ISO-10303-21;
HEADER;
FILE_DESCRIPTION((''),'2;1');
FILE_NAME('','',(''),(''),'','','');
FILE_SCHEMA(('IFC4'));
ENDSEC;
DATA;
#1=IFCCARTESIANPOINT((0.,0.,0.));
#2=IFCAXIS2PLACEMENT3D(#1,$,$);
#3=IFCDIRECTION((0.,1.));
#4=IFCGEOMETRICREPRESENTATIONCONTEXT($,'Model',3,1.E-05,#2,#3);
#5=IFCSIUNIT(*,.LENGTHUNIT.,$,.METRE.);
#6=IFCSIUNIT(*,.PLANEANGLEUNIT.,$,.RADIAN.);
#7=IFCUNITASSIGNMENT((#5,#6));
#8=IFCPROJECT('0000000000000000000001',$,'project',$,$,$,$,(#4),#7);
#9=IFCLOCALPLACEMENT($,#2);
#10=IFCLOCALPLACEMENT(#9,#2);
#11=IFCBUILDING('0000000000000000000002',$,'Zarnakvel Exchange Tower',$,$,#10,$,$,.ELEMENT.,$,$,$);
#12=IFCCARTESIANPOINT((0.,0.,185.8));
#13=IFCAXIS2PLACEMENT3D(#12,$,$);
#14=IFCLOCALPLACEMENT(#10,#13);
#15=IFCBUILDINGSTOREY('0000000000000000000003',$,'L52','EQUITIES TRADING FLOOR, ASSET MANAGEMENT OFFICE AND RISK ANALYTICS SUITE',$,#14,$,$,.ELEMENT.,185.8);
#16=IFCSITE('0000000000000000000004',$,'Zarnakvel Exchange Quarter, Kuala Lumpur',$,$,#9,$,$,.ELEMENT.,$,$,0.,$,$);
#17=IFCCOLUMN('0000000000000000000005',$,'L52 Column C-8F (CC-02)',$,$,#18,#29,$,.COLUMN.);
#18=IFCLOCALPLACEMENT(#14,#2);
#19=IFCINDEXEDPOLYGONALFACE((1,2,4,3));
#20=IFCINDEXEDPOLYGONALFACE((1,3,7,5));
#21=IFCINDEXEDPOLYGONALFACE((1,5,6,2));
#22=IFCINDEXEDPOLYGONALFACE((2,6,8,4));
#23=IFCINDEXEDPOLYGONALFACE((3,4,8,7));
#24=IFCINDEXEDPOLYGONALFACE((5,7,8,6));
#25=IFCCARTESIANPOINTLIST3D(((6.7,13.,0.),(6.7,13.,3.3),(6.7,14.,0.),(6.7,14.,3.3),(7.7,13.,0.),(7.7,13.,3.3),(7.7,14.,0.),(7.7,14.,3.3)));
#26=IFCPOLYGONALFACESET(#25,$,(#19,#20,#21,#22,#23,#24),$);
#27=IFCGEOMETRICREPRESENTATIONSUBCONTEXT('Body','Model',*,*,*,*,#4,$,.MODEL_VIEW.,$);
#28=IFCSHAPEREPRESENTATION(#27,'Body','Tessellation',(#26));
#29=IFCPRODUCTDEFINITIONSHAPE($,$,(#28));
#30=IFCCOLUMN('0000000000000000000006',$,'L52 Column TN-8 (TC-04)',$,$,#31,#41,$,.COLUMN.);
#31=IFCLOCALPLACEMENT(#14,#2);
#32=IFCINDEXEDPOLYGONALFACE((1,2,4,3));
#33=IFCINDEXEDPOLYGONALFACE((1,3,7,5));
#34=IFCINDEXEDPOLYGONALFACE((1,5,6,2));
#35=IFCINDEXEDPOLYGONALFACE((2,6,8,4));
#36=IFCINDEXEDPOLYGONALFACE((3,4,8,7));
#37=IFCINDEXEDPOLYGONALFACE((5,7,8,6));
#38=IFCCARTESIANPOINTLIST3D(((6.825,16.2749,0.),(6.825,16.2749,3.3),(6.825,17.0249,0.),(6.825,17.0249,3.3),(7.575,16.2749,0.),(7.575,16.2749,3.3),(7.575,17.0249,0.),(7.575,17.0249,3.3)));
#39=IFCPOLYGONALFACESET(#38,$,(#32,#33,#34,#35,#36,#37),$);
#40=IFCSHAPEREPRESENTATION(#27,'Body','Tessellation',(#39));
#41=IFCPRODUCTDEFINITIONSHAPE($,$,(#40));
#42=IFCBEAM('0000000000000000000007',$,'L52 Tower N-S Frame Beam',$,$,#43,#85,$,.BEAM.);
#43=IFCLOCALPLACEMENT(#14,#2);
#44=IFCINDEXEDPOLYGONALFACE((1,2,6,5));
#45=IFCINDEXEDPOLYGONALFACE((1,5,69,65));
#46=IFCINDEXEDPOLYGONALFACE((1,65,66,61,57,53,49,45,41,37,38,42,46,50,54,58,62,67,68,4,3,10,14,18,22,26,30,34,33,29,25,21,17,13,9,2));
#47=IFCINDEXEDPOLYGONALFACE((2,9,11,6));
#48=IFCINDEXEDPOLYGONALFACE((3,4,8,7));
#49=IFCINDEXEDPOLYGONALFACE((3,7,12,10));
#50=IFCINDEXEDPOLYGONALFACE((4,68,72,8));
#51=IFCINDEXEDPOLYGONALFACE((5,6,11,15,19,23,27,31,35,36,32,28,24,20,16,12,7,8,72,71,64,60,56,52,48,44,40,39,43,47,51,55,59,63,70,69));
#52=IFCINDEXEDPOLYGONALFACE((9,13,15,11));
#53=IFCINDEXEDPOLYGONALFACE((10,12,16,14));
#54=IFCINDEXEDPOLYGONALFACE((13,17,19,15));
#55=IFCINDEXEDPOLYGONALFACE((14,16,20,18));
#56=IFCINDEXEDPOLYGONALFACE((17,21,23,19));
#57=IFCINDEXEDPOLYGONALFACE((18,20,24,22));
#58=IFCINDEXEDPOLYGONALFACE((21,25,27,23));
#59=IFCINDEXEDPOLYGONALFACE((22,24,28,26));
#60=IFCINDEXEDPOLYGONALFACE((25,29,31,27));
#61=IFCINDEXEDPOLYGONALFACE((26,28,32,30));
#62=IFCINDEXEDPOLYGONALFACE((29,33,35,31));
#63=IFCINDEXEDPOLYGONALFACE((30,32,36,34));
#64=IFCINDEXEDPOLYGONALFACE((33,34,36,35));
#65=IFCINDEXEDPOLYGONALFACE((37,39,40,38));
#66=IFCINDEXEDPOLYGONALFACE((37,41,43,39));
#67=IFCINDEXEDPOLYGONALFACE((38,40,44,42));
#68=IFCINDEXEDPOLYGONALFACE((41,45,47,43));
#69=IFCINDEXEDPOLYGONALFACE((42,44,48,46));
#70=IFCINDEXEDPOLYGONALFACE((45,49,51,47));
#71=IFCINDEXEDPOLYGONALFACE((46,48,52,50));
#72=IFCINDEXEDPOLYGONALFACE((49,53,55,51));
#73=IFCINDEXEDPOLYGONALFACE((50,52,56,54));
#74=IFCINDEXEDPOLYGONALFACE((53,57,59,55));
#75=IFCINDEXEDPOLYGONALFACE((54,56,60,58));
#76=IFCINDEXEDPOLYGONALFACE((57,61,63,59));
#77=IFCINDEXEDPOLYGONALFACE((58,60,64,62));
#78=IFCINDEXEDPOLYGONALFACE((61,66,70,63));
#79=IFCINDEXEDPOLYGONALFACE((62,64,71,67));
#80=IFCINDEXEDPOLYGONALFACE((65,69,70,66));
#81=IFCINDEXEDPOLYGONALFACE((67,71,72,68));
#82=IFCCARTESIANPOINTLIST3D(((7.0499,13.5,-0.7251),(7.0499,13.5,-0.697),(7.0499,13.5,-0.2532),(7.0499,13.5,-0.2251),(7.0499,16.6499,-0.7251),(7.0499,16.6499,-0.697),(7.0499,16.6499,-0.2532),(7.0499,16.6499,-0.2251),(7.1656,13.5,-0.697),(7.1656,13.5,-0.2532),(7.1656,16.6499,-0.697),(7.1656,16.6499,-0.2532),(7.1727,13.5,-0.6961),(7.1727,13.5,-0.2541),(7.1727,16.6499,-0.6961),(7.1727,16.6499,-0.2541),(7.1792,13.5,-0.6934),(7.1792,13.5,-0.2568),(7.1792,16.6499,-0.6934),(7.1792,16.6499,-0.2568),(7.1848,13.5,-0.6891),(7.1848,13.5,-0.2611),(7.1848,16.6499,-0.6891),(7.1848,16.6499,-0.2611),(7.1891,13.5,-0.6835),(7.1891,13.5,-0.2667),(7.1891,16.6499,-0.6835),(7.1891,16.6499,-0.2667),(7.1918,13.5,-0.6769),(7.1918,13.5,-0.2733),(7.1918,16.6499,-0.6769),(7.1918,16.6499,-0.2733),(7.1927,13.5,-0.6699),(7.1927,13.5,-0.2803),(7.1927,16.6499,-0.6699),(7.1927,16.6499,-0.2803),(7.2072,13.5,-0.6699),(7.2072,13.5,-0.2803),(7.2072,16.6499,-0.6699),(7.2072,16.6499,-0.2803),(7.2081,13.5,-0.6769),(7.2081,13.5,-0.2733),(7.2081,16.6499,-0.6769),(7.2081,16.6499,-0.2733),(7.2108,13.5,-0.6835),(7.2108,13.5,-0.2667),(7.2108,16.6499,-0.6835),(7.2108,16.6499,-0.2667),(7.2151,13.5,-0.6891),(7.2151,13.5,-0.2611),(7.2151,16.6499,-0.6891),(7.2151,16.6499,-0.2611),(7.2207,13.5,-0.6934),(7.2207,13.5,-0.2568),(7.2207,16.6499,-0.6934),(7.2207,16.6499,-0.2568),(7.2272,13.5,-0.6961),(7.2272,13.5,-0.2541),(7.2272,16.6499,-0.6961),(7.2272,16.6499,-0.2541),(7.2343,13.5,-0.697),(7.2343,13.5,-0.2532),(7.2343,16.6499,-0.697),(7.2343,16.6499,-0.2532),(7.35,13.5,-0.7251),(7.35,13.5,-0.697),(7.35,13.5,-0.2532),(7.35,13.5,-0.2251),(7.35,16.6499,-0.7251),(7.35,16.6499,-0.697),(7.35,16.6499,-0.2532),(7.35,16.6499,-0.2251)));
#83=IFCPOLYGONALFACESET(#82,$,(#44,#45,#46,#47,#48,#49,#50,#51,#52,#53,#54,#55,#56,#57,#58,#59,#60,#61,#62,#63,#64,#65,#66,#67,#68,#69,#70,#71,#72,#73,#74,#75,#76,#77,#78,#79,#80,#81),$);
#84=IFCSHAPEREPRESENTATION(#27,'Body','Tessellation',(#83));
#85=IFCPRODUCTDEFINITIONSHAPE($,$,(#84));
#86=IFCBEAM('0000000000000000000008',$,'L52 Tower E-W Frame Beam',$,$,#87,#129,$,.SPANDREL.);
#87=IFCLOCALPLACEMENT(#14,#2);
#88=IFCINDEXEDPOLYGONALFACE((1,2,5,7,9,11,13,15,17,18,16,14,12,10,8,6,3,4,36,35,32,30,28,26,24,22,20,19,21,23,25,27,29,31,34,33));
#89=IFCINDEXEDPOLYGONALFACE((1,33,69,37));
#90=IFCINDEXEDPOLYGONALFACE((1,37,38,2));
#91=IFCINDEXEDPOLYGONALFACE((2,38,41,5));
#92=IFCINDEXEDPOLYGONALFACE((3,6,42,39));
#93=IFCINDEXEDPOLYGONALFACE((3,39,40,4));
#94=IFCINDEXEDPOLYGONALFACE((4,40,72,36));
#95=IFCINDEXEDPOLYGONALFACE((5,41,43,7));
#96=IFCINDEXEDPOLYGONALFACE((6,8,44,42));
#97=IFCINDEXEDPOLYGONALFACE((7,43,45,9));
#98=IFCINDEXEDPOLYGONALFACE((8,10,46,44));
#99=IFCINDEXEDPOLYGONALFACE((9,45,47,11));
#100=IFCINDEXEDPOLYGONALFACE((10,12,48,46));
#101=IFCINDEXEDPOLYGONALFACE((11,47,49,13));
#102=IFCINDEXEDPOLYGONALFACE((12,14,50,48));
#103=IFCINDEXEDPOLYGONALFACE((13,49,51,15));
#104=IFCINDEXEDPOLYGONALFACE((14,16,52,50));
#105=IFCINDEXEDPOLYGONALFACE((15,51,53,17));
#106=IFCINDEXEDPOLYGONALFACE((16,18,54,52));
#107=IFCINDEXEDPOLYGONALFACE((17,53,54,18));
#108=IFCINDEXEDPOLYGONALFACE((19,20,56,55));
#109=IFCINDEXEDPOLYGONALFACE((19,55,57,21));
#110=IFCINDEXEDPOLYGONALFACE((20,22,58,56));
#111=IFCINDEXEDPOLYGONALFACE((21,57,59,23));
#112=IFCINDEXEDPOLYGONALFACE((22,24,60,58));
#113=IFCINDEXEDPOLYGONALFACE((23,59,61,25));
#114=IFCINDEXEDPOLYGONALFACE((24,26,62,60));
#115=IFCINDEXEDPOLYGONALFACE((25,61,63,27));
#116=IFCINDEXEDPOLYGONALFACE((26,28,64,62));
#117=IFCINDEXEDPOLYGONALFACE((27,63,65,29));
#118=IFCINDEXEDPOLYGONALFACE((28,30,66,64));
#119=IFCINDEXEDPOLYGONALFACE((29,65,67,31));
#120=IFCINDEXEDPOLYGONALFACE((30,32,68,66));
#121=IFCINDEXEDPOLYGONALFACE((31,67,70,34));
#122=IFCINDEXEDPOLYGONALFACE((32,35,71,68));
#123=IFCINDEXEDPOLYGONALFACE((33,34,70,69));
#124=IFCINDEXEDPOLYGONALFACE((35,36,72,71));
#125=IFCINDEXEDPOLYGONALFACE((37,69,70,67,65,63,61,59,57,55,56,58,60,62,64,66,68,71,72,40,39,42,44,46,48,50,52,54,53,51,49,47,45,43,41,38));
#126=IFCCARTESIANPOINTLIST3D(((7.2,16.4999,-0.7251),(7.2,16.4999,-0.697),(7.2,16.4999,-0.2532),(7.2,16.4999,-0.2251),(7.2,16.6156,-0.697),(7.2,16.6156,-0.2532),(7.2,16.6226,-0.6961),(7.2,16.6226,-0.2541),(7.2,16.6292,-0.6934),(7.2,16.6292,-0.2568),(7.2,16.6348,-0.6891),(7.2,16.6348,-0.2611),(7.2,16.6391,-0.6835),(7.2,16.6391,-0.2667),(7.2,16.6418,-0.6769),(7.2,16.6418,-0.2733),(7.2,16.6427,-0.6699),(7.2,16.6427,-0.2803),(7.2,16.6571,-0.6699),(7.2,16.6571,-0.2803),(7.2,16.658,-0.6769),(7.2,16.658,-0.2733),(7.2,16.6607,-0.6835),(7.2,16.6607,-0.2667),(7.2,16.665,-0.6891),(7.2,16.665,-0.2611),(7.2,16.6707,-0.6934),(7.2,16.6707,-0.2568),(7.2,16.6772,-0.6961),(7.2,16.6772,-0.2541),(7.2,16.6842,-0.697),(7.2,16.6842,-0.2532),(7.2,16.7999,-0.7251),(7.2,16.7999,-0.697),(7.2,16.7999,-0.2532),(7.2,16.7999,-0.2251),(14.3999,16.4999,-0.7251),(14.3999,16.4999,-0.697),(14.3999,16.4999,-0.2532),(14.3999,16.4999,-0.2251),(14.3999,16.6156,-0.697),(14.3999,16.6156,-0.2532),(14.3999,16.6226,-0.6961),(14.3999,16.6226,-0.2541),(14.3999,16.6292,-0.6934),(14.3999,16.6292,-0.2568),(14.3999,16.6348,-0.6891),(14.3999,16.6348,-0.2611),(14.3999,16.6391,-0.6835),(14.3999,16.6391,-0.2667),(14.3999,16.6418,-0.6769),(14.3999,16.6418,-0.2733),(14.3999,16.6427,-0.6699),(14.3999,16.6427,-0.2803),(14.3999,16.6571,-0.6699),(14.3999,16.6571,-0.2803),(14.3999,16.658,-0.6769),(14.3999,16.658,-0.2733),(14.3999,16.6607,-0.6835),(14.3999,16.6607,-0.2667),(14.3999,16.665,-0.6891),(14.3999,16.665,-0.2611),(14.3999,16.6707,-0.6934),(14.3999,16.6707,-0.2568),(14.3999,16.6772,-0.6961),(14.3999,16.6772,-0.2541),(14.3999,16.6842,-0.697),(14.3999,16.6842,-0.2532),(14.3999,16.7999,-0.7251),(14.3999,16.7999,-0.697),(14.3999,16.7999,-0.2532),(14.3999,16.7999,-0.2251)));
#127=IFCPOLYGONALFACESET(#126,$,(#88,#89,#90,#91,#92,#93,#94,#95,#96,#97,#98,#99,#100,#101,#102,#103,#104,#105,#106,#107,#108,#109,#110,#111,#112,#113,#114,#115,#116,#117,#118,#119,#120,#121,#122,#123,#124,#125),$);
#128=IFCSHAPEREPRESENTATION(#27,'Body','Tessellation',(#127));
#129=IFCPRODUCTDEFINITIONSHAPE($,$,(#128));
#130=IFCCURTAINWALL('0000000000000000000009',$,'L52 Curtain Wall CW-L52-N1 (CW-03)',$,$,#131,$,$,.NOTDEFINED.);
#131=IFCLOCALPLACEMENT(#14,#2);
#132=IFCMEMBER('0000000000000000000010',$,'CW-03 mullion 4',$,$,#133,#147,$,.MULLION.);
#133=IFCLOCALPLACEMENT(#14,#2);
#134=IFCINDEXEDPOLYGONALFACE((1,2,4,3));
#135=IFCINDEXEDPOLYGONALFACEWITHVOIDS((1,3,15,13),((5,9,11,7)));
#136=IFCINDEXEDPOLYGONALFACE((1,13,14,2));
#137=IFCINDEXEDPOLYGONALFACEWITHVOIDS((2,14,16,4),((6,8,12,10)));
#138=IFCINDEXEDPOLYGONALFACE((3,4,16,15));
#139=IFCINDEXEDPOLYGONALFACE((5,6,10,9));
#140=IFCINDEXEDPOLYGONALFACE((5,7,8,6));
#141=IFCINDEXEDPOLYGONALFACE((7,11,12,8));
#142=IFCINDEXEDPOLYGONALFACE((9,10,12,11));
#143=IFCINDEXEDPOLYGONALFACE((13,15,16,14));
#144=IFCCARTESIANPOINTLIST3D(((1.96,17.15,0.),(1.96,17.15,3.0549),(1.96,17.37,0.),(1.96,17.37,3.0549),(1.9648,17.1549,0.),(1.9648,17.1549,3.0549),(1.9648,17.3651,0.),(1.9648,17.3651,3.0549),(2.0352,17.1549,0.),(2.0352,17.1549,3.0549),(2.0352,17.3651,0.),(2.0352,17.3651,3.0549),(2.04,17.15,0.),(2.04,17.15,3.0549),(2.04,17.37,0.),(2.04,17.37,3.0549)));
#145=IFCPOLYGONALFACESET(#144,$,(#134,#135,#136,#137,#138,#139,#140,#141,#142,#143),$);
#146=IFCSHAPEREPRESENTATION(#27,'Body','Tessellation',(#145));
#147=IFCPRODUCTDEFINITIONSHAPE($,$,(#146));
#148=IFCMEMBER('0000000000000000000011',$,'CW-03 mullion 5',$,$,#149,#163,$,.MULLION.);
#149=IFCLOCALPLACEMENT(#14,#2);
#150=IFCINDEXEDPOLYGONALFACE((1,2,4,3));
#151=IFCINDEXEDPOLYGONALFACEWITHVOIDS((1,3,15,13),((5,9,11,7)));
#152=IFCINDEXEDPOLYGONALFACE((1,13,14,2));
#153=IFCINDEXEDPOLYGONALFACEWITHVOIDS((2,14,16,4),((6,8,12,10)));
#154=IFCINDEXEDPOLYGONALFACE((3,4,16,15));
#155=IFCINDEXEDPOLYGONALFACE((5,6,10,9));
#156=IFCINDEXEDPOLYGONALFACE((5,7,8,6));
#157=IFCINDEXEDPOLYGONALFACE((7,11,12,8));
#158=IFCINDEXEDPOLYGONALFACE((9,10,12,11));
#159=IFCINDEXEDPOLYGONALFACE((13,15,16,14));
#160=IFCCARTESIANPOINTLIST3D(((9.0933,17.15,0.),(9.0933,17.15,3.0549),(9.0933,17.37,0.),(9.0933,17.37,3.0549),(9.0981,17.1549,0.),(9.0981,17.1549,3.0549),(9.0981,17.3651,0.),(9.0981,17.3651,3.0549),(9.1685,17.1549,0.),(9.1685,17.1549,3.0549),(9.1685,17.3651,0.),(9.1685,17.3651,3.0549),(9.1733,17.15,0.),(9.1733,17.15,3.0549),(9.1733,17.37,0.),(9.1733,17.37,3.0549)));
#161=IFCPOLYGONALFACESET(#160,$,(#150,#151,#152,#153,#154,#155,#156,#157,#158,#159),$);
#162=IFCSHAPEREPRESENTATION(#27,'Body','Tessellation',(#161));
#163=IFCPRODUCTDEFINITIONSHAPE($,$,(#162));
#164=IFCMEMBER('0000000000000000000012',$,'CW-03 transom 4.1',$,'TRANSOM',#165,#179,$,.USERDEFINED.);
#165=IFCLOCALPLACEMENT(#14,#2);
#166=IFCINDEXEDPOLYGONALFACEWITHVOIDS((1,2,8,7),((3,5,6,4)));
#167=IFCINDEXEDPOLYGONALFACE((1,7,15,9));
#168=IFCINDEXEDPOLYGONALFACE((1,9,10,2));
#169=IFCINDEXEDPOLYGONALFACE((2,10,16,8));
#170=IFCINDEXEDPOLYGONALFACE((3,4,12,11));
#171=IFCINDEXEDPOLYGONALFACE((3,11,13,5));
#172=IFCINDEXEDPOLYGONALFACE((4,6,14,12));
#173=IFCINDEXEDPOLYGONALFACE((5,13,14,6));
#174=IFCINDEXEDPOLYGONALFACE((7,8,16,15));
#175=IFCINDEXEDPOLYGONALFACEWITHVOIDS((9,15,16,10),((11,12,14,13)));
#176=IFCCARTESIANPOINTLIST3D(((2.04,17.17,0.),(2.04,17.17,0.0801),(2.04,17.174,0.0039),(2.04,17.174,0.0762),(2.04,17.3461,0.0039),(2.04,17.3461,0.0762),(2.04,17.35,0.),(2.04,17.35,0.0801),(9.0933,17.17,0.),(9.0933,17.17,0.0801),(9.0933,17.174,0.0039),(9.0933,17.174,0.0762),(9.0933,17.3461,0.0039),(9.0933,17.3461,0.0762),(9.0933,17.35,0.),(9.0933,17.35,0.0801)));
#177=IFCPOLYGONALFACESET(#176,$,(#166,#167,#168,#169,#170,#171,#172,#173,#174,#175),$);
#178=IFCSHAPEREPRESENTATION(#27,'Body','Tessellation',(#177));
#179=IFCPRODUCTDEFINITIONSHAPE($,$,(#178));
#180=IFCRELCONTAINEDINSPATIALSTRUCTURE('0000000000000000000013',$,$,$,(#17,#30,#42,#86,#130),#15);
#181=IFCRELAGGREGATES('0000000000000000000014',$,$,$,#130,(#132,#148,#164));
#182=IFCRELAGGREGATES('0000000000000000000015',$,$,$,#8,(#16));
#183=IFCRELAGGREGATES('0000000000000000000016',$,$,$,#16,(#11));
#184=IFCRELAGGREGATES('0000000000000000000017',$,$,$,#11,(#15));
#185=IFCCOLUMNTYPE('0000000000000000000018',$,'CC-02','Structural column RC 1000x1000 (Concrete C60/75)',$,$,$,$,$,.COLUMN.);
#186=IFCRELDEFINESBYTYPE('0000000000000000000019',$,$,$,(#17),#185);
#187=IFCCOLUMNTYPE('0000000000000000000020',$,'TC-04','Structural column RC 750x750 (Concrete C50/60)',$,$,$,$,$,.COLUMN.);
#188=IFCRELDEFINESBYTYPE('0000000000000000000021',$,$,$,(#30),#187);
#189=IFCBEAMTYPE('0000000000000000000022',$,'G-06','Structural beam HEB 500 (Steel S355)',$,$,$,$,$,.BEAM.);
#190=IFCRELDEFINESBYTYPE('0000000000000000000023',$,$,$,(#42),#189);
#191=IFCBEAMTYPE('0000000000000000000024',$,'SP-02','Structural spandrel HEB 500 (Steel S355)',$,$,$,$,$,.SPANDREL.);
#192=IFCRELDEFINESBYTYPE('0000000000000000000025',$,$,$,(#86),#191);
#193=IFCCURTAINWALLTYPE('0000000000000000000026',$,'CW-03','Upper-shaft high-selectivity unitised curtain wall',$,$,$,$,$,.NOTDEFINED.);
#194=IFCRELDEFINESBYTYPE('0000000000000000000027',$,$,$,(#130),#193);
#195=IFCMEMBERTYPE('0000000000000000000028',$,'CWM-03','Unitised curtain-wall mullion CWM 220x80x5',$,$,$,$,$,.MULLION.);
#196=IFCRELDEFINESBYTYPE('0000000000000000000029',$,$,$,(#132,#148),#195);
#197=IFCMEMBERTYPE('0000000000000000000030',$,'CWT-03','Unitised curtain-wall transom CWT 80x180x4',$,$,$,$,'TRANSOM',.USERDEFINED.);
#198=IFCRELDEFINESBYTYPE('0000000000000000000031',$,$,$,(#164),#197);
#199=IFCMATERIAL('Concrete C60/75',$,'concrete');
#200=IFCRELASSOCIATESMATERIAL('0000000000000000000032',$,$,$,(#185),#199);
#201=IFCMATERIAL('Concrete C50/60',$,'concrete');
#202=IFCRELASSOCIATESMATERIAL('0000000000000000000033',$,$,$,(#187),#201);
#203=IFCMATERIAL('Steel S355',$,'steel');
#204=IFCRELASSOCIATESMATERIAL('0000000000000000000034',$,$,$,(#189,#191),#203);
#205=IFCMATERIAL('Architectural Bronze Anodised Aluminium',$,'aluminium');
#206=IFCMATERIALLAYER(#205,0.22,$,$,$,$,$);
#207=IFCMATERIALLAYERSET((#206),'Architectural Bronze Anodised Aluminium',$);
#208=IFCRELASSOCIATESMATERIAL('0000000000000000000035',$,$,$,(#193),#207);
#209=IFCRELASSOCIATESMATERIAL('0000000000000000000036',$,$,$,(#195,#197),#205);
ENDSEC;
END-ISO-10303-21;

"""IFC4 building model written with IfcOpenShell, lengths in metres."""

from ifc_helpers import new_model, si_unit, direction, frame, origin, origin_2d, place, context, subcontext, project, spatial, rectangle, hollow_rectangle, i_section, extrude, source, transform, mapped, material, layer, layer_set, material_profile, profile_set, type_object, element, aggregate, save


model = new_model("IFC4")

# Units and contexts
model_context = context("Model", 3, precision=1e-05, world=origin(), true_north=direction((0.0, 1.0)))
body_context = subcontext(model_context, "Body", "Model", "MODEL_VIEW")
ifc_project = project(units=[si_unit("LENGTHUNIT", "METRE"), si_unit("PLANEANGLEUNIT", "RADIAN")], contexts=[model_context])

# Site, building, storey
site_placement = place(None, origin())
site = spatial("IfcSite", under=ifc_project, at=site_placement, Name="Zarnakvel Exchange Quarter, Kuala Lumpur", CompositionType="ELEMENT", RefElevation=0.0)
building_placement = place(site_placement, origin())
building = spatial("IfcBuilding", under=site, at=building_placement, Name="Zarnakvel Exchange Tower", CompositionType="ELEMENT")
storey_placement = place(building_placement, frame((0.0, 0.0, 185.8)))
storey = spatial("IfcBuildingStorey", under=building, at=storey_placement, Name="L52", Description="EQUITIES TRADING FLOOR, ASSET MANAGEMENT OFFICE AND RISK ANALYTICS SUITE", CompositionType="ELEMENT", Elevation=185.8)

# Columns
ifc_material_1 = material(Name="Concrete C60/75", Category="concrete")
ifc_material_profile_1 = material_profile(ifc_material_1, rectangle(XDim=1.0, YDim=1.0, at=origin_2d()))
ifc_profile_set_1 = profile_set([ifc_material_profile_1], Name="Concrete C60/75")
column_type_1 = type_object("IfcColumnType", Name="CC-02", Description="Structural column RC 1000x1000 (Concrete C60/75)", PredefinedType="COLUMN", material=ifc_profile_set_1)
column_1_placement = place(storey_placement, frame((7.2, 13.5, 0.0), z_axis=(0.0, 0.0, 1.0), x_axis=(1.0, 0.0, 0.0)))
element("IfcColumn", 1, at=column_1_placement, inside=storey, type_object=column_type_1, Name="L52 Column C-8F (CC-02)", PredefinedType="COLUMN", context=body_context, shape_type="SweptSolid", body=[
    extrude(rectangle(XDim=1.0, YDim=1.0, at=origin_2d()), origin(), (0.0, 0.0, 1.0), 3.3),
])
ifc_material_2 = material(Name="Concrete C50/60", Category="concrete")
ifc_material_profile_2 = material_profile(ifc_material_2, rectangle(XDim=0.75, YDim=0.75, at=origin_2d()))
ifc_profile_set_2 = profile_set([ifc_material_profile_2], Name="Concrete C50/60")
column_type_2 = type_object("IfcColumnType", Name="TC-04", Description="Structural column RC 750x750 (Concrete C50/60)", PredefinedType="COLUMN", material=ifc_profile_set_2)
column_2_placement = place(storey_placement, frame((7.2, 16.6499, 0.0), z_axis=(0.0, 0.0, 1.0), x_axis=(1.0, 0.0, 0.0)))
element("IfcColumn", 2, at=column_2_placement, inside=storey, type_object=column_type_2, Name="L52 Column TN-8 (TC-04)", PredefinedType="COLUMN", context=body_context, shape_type="SweptSolid", body=[
    extrude(rectangle(XDim=0.75, YDim=0.75, at=origin_2d()), origin(), (0.0, 0.0, 1.0), 3.3),
])

# Beams
ifc_material_3 = material(Name="Steel S355", Category="steel")
ifc_material_profile_3 = material_profile(ifc_material_3, i_section(OverallWidth=0.3, OverallDepth=0.5, WebThickness=0.0144, FlangeThickness=0.0281, FilletRadius=0.0271, at=origin_2d()))
ifc_profile_set_3 = profile_set([ifc_material_profile_3], Name="Steel S355")
beam_type_1 = type_object("IfcBeamType", Name="G-06", Description="Structural beam HEB 500 (Steel S355)", PredefinedType="BEAM", material=ifc_profile_set_3)
beam_1_placement = place(storey_placement, frame((7.2, 13.5, -0.4751), z_axis=(0.0, 1.0, 0.0), x_axis=(-1.0, 0.0, 0.0)))
element("IfcBeam", 3, at=beam_1_placement, inside=storey, type_object=beam_type_1, Name="L52 Tower N-S Frame Beam", PredefinedType="BEAM", context=body_context, shape_type="SweptSolid", body=[
    extrude(i_section(OverallWidth=0.3, OverallDepth=0.5, WebThickness=0.0144, FlangeThickness=0.0281, FilletRadius=0.0271, at=origin_2d()), origin(), (0.0, 0.0, 1.0), 3.1499),
])
ifc_material_profile_4 = material_profile(ifc_material_3, i_section(OverallWidth=0.3, OverallDepth=0.5, WebThickness=0.0144, FlangeThickness=0.0281, FilletRadius=0.0271, at=origin_2d()))
ifc_profile_set_4 = profile_set([ifc_material_profile_4], Name="Steel S355")
beam_type_2 = type_object("IfcBeamType", Name="SP-02", Description="Structural spandrel HEB 500 (Steel S355)", PredefinedType="SPANDREL", material=ifc_profile_set_4)
beam_2_placement = place(storey_placement, frame((7.2, 16.6499, -0.4751), z_axis=(1.0, 0.0, 0.0), x_axis=(0.0, 1.0, 0.0)))
element("IfcBeam", 4, at=beam_2_placement, inside=storey, type_object=beam_type_2, Name="L52 Tower E-W Frame Beam", PredefinedType="SPANDREL", context=body_context, shape_type="SweptSolid", body=[
    extrude(i_section(OverallWidth=0.3, OverallDepth=0.5, WebThickness=0.0144, FlangeThickness=0.0281, FilletRadius=0.0271, at=origin_2d()), origin(), (0.0, 0.0, 1.0), 7.2),
])

# Curtain wall, members
ifc_material_4 = material(Name="Architectural Bronze Anodised Aluminium", Category="aluminium")
ifc_layer_1 = layer(ifc_material_4, 0.22)
ifc_layer_set_1 = layer_set([ifc_layer_1], Name="Architectural Bronze Anodised Aluminium")
curtain_wall_type = type_object("IfcCurtainWallType", Name="CW-03", Description="Upper-shaft high-selectivity unitised curtain wall", PredefinedType="NOTDEFINED", material=ifc_layer_set_1)
curtain_wall_placement = place(storey_placement, origin())
curtain_wall = element("IfcCurtainWall", 5, at=curtain_wall_placement, inside=storey, type_object=curtain_wall_type, Name="L52 Curtain Wall CW-L52-N1 (CW-03)", PredefinedType="NOTDEFINED")
ifc_material_profile_5 = material_profile(ifc_material_4, hollow_rectangle(XDim=0.22, YDim=0.0801, WallThickness=0.0049, at=origin_2d()))
ifc_profile_set_5 = profile_set([ifc_material_profile_5], Name="Architectural Bronze Anodised Aluminium")
member_type_1 = type_object("IfcMemberType", Name="CWM-03", Description="Unitised curtain-wall mullion CWM 220x80x5", PredefinedType="MULLION", material=ifc_profile_set_5)
shared_shape_1 = source(origin(), body_context, "Body", "SweptSolid", [
    extrude(hollow_rectangle(XDim=0.22, YDim=0.0801, WallThickness=0.0049, at=origin_2d()), origin(), (0.0, 0.0, 1.0), 3.0549),
])
member_1_placement = place(storey_placement, frame((2.0, 17.26, 0.0), z_axis=(0.0, 0.0, 1.0), x_axis=(0.0, 1.0, 0.0)))
member_1 = element("IfcMember", 6, at=member_1_placement, type_object=member_type_1, Name="CW-03 mullion 4", PredefinedType="MULLION", context=body_context, shape_type="MappedRepresentation", body=[
    mapped(shared_shape_1, transform((0.0, 0.0, 0.0), x_axis=(1.0, 0.0, 0.0), y_axis=(0.0, 1.0, 0.0), z_axis=(0.0, 0.0, 1.0), scale=1.0)),
])
member_2_placement = place(storey_placement, frame((9.1333, 17.26, 0.0), z_axis=(0.0, 0.0, 1.0), x_axis=(0.0, 1.0, 0.0)))
member_2 = element("IfcMember", 7, at=member_2_placement, type_object=member_type_1, Name="CW-03 mullion 5", PredefinedType="MULLION", context=body_context, shape_type="MappedRepresentation", body=[
    mapped(shared_shape_1, transform((0.0, 0.0, 0.0), x_axis=(1.0, 0.0, 0.0), y_axis=(0.0, 1.0, 0.0), z_axis=(0.0, 0.0, 1.0), scale=1.0)),
])
ifc_material_profile_6 = material_profile(ifc_material_4, hollow_rectangle(XDim=0.1799, YDim=0.0801, WallThickness=0.0039, at=origin_2d()))
ifc_profile_set_6 = profile_set([ifc_material_profile_6], Name="Architectural Bronze Anodised Aluminium")
member_type_2 = type_object("IfcMemberType", Name="CWT-03", Description="Unitised curtain-wall transom CWT 80x180x4", ElementType="TRANSOM", PredefinedType="USERDEFINED", material=ifc_profile_set_6)
shared_shape_2 = source(origin(), body_context, "Body", "SweptSolid", [
    extrude(hollow_rectangle(XDim=0.1799, YDim=0.0801, WallThickness=0.0039, at=origin_2d()), origin(), (0.0, 0.0, 1.0), 7.0532),
])
member_3_placement = place(storey_placement, frame((2.04, 17.26, 0.04), z_axis=(1.0, 0.0, 0.0), x_axis=(0.0, 1.0, 0.0)))
member_3 = element("IfcMember", 8, at=member_3_placement, type_object=member_type_2, Name="CW-03 transom 4.1", ObjectType="TRANSOM", PredefinedType="USERDEFINED", context=body_context, shape_type="MappedRepresentation", body=[
    mapped(shared_shape_2, transform((0.0, 0.0, 0.0), x_axis=(1.0, 0.0, 0.0), y_axis=(0.0, 1.0, 0.0), z_axis=(0.0, 0.0, 1.0), scale=1.0)),
])
aggregate(curtain_wall, [member_1, member_2, member_3])

save(model, "model.ifc")
